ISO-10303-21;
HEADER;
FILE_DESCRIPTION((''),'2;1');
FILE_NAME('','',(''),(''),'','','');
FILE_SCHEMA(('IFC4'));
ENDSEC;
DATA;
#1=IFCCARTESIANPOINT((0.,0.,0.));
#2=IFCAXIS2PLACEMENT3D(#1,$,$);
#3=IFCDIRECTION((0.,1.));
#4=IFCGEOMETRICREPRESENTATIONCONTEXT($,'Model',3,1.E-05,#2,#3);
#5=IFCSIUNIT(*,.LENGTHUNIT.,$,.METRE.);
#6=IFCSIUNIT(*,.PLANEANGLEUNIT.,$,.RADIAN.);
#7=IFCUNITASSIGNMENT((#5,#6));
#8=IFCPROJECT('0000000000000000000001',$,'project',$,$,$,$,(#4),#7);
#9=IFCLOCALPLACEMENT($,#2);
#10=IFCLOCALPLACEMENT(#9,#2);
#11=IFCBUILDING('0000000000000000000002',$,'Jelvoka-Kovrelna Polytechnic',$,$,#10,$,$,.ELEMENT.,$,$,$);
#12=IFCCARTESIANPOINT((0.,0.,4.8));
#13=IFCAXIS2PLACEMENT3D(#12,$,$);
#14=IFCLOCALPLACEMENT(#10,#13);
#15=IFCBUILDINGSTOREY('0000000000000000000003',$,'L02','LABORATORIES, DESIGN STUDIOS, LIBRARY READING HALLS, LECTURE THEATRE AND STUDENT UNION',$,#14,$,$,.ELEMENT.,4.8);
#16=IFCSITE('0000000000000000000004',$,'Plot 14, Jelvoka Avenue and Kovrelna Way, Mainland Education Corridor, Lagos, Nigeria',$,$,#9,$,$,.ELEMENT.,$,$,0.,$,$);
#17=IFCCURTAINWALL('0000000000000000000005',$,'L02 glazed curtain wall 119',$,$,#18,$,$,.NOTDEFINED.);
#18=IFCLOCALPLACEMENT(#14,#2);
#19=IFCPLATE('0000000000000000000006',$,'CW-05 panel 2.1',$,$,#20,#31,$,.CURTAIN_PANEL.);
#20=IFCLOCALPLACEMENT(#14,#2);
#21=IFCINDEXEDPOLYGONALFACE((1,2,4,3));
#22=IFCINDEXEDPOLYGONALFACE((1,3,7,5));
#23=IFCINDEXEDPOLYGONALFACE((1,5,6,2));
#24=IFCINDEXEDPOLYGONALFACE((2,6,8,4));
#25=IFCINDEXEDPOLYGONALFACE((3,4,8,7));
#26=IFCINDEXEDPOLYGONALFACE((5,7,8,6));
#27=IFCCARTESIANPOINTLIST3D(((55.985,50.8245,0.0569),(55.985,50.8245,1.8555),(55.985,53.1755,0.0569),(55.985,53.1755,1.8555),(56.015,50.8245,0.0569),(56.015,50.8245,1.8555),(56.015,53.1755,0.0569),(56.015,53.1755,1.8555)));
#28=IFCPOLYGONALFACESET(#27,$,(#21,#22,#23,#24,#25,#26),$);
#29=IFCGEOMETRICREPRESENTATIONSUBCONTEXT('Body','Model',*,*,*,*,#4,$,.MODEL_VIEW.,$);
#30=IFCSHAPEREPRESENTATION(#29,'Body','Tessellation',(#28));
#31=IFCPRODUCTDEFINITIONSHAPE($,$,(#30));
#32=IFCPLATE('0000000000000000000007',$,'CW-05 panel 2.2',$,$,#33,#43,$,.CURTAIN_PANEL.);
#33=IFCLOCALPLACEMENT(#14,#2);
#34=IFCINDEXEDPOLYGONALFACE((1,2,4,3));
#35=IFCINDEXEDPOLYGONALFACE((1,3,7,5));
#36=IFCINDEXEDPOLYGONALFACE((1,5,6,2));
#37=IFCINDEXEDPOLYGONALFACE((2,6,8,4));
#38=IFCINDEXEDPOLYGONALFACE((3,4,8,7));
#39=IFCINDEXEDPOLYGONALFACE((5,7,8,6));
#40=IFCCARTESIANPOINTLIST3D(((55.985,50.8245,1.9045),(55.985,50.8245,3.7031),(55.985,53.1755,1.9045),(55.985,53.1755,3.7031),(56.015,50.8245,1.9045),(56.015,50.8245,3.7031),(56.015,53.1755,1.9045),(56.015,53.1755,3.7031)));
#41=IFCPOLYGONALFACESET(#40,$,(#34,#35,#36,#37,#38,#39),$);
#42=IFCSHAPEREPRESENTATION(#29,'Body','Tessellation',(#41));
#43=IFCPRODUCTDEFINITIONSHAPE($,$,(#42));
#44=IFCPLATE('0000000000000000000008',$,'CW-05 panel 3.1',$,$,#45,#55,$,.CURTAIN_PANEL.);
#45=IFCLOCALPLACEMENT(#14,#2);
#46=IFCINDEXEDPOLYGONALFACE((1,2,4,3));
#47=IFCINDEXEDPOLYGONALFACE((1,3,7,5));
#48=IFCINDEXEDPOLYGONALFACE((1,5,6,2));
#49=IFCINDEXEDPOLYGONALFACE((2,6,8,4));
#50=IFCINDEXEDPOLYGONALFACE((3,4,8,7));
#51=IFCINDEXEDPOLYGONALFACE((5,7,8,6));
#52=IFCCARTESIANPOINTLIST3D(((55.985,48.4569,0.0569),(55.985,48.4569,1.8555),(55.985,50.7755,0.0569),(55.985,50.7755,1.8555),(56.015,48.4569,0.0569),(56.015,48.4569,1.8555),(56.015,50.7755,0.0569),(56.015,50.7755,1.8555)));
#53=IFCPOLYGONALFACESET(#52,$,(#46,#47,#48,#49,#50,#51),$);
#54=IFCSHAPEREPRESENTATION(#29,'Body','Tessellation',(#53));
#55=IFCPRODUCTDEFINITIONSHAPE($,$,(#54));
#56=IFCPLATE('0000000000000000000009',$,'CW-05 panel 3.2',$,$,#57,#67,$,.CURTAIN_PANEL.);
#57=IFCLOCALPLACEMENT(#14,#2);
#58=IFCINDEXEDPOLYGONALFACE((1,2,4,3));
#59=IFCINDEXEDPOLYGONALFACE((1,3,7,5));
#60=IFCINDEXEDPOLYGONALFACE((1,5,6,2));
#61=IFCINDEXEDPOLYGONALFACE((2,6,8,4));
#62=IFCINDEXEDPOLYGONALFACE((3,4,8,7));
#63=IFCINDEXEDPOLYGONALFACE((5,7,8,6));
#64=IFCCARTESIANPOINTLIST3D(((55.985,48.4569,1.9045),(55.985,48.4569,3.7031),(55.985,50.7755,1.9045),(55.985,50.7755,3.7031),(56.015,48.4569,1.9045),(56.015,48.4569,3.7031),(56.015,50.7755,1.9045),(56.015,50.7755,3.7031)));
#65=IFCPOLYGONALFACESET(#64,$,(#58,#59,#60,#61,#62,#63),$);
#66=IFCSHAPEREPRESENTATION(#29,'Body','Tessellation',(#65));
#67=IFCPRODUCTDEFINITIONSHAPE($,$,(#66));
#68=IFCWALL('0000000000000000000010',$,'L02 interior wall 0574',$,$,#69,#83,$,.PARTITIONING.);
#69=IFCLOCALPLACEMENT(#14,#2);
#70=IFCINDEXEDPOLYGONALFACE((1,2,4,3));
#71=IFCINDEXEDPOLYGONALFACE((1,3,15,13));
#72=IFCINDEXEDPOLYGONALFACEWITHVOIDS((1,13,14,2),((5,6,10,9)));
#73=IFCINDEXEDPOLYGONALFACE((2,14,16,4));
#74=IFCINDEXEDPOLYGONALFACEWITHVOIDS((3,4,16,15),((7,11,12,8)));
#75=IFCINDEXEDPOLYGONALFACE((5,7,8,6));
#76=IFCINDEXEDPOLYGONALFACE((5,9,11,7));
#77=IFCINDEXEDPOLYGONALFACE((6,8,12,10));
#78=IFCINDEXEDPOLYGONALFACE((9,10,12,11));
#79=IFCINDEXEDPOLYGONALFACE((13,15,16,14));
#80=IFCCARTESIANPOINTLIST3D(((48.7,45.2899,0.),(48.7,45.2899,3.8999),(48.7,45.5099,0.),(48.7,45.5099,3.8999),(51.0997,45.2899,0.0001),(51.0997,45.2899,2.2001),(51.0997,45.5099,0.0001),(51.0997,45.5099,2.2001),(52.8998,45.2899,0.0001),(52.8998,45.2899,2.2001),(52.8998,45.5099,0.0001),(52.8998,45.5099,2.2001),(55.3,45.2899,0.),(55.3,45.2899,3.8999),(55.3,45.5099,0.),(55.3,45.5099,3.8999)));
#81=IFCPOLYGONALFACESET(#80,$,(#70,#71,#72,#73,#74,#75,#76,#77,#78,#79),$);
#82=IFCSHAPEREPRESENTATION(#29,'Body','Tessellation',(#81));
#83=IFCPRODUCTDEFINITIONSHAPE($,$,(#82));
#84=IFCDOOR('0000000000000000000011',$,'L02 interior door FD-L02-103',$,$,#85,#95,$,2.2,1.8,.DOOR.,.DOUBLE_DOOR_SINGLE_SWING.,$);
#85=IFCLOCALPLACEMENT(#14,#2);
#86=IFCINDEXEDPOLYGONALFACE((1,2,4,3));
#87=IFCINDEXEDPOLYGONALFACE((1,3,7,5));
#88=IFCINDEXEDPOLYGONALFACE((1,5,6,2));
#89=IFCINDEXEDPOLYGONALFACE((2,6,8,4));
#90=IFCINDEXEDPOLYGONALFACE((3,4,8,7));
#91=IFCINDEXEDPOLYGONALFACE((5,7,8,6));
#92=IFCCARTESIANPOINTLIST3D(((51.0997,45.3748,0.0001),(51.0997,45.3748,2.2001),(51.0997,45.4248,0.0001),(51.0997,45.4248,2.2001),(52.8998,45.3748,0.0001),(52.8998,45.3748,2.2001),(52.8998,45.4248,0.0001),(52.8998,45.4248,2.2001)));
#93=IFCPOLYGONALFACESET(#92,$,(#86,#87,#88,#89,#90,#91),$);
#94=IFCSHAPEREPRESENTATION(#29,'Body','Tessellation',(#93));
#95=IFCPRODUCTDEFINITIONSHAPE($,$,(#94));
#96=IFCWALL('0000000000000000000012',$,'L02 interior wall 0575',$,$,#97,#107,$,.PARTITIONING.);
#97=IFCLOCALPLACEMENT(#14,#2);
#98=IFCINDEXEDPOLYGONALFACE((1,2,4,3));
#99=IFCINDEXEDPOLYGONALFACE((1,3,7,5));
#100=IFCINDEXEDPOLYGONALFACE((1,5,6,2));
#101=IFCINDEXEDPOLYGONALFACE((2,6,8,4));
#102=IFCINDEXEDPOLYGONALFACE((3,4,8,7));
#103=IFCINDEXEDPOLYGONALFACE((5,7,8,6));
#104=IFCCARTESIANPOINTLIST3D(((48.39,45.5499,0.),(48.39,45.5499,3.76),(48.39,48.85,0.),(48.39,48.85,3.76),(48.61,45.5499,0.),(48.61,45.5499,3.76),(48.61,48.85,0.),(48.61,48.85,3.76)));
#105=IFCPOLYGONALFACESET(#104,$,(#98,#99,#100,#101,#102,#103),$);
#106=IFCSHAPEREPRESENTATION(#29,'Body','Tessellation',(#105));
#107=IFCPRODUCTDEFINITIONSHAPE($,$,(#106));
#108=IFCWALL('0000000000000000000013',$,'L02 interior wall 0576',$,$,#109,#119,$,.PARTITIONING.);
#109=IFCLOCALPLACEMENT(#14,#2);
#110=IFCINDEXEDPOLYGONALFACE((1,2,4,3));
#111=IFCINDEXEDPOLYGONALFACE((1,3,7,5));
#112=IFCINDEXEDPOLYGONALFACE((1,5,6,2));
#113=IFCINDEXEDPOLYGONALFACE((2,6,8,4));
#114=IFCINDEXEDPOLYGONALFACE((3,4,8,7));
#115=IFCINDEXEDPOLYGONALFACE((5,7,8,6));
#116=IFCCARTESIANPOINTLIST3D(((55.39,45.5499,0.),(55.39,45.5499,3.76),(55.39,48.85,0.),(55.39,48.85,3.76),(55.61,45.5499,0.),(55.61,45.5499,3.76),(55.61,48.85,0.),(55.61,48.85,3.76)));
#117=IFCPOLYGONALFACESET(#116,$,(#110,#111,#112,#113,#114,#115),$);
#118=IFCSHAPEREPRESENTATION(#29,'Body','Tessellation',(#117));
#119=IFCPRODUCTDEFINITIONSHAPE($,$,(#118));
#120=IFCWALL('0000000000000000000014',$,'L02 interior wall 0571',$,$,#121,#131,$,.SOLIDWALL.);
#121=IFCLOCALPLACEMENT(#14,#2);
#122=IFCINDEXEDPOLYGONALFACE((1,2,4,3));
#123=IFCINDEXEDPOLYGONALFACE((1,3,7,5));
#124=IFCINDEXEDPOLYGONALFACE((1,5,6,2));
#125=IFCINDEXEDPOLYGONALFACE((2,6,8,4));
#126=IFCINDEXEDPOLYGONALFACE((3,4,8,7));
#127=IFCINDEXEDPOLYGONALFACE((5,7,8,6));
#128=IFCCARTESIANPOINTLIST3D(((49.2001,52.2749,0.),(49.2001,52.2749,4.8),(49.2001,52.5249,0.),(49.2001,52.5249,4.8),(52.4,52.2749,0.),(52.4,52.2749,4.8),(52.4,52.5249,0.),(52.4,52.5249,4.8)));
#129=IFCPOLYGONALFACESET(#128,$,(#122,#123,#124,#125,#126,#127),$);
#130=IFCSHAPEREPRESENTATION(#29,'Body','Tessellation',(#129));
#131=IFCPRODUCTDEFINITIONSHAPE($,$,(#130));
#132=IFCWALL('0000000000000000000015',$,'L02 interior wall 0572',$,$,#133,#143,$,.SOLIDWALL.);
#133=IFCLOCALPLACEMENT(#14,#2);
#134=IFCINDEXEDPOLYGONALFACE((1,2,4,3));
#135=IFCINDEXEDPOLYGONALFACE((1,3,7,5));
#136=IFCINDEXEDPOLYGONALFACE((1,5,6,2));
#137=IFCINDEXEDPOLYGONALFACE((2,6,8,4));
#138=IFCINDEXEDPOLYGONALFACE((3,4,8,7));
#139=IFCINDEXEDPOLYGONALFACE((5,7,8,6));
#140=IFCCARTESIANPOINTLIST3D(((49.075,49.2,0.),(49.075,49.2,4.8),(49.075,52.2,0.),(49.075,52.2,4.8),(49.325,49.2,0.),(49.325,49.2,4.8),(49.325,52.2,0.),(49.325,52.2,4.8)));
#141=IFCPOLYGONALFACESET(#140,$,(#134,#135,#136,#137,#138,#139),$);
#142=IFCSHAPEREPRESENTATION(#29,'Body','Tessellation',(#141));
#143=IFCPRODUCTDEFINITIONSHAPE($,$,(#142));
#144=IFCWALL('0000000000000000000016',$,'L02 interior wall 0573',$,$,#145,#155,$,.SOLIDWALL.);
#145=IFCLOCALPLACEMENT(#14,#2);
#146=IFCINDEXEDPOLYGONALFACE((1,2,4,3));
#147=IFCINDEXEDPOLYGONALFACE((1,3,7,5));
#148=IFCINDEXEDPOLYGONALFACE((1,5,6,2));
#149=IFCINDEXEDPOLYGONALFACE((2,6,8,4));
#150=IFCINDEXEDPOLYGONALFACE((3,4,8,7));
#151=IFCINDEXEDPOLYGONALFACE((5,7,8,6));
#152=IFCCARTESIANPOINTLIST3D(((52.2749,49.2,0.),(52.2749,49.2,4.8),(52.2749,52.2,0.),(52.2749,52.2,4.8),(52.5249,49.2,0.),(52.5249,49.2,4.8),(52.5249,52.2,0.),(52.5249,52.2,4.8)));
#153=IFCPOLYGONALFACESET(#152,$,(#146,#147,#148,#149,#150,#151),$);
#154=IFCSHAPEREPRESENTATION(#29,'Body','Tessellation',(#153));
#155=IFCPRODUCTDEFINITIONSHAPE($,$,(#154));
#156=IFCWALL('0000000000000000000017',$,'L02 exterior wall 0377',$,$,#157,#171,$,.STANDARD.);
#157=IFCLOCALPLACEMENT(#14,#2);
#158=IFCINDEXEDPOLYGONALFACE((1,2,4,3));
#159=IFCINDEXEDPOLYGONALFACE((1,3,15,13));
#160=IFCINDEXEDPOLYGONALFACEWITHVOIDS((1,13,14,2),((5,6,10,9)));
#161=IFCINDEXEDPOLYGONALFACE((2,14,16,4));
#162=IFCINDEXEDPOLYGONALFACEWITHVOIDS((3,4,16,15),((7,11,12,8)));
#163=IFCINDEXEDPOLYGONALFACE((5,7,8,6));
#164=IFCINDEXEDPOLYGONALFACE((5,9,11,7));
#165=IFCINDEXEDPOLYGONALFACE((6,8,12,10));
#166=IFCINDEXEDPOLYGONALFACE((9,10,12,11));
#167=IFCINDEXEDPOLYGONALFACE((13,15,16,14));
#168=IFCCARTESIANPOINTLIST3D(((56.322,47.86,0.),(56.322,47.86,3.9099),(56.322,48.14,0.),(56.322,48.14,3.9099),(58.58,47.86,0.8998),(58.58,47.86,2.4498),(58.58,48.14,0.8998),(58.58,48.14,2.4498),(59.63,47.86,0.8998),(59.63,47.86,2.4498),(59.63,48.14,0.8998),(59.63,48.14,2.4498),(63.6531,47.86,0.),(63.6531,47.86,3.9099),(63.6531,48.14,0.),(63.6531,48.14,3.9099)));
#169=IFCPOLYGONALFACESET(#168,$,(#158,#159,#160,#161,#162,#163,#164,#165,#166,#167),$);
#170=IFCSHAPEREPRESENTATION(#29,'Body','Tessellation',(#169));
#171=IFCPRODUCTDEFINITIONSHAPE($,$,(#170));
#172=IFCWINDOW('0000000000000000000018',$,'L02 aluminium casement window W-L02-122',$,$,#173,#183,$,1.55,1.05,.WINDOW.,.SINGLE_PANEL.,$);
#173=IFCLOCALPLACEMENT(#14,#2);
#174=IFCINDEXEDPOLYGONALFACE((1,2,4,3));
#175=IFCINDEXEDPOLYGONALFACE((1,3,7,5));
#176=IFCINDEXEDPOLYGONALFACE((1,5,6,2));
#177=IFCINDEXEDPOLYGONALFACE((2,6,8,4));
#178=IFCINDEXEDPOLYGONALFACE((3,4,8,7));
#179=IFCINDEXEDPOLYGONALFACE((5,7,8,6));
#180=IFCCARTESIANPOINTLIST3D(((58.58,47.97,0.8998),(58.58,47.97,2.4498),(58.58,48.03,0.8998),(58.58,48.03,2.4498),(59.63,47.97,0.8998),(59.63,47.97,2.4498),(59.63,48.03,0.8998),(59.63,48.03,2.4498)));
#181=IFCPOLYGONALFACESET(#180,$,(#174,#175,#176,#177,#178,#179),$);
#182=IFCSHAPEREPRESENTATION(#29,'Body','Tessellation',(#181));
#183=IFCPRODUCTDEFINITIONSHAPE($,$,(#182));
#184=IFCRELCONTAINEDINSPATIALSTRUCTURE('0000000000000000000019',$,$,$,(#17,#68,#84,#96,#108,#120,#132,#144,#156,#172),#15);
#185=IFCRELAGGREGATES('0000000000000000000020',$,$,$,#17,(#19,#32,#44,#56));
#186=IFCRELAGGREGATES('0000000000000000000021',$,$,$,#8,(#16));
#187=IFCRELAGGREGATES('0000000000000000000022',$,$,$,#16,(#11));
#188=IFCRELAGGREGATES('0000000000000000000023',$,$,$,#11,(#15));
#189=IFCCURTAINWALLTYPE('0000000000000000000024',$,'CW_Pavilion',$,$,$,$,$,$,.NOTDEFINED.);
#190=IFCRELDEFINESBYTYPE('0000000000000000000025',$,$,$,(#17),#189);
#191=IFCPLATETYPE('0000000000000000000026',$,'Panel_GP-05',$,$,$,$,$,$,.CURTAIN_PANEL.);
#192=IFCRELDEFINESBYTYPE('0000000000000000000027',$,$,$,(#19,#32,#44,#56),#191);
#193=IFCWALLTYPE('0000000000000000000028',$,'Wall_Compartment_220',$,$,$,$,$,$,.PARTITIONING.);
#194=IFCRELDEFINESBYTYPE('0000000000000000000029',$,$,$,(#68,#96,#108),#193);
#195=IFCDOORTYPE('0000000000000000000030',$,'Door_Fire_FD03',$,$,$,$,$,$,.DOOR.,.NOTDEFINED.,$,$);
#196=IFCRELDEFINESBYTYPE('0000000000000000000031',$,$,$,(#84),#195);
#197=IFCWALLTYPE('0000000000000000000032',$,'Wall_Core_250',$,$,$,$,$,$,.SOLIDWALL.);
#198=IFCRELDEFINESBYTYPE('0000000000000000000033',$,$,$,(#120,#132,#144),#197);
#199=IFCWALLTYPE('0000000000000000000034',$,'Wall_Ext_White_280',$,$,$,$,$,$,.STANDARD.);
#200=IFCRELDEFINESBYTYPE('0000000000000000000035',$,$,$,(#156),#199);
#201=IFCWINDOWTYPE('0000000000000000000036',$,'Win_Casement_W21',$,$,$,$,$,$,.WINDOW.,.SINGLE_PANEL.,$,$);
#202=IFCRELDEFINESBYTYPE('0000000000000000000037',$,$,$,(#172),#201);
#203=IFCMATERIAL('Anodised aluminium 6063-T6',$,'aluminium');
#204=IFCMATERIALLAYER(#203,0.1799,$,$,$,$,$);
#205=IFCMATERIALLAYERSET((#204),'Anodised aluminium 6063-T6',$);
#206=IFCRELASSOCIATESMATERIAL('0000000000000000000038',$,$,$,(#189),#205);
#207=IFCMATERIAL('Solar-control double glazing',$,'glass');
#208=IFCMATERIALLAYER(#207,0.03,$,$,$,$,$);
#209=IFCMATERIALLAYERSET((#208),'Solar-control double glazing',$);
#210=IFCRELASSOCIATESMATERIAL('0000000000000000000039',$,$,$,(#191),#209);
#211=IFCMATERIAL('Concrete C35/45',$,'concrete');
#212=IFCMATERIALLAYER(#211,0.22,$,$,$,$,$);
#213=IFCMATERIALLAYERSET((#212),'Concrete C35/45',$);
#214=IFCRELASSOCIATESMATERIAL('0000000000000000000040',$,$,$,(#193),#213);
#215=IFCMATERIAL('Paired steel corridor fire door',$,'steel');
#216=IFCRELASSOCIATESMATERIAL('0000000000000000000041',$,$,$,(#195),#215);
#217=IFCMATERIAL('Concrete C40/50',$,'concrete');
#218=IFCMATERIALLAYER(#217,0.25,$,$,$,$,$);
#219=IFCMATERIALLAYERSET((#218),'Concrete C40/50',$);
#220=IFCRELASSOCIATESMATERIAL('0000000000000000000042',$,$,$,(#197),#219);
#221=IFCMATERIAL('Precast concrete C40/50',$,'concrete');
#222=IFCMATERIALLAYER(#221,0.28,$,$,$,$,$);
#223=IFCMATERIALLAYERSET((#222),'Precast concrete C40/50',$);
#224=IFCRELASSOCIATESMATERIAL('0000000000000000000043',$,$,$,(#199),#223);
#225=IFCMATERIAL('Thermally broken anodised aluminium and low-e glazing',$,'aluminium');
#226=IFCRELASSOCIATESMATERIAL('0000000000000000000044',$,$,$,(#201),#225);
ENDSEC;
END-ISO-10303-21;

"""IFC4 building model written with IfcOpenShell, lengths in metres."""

from ifc_helpers import new_model, si_unit, direction, frame, frame_2d, origin, origin_2d, place, context, subcontext, project, spatial, rectangle, extrude, material, layer, layer_set, type_object, element, fill, aggregate, save


model = new_model("IFC4")

# Units and contexts
model_context = context("Model", 3, precision=1e-05, world=origin(), true_north=direction((0.0, 1.0)))
body_context = subcontext(model_context, "Body", "Model", "MODEL_VIEW")
ifc_project = project(units=[si_unit("LENGTHUNIT", "METRE"), si_unit("PLANEANGLEUNIT", "RADIAN")], contexts=[model_context])

# Site, building, storey
site_placement = place(None, origin())
site = spatial("IfcSite", under=ifc_project, at=site_placement, Name="Plot 14, Jelvoka Avenue and Kovrelna Way, Mainland Education Corridor, Lagos, Nigeria", CompositionType="ELEMENT", RefElevation=0.0)
building_placement = place(site_placement, origin())
building = spatial("IfcBuilding", under=site, at=building_placement, Name="Jelvoka-Kovrelna Polytechnic", CompositionType="ELEMENT")
storey_placement = place(building_placement, frame((0.0, 0.0, 4.8)))
storey = spatial("IfcBuildingStorey", under=building, at=storey_placement, Name="L02", Description="LABORATORIES, DESIGN STUDIOS, LIBRARY READING HALLS, LECTURE THEATRE AND STUDENT UNION", CompositionType="ELEMENT", Elevation=4.8)

# Curtain wall, plates
ifc_material_1 = material(Name="Anodised aluminium 6063-T6", Category="aluminium")
ifc_layer_1 = layer(ifc_material_1, 0.1799)
ifc_layer_set_1 = layer_set([ifc_layer_1], Name="Anodised aluminium 6063-T6")
curtain_wall_type = type_object("IfcCurtainWallType", Name="CW_Pavilion", PredefinedType="NOTDEFINED", material=ifc_layer_set_1)
curtain_wall_placement = place(storey_placement, origin())
curtain_wall = element("IfcCurtainWall", 1, at=curtain_wall_placement, inside=storey, type_object=curtain_wall_type, Name="L02 glazed curtain wall 119", PredefinedType="NOTDEFINED")
ifc_material_2 = material(Name="Solar-control double glazing", Category="glass")
ifc_layer_2 = layer(ifc_material_2, 0.03)
ifc_layer_set_2 = layer_set([ifc_layer_2], Name="Solar-control double glazing")
plate_type = type_object("IfcPlateType", Name="Panel_GP-05", PredefinedType="CURTAIN_PANEL", material=ifc_layer_set_2)
plate_1_placement = place(storey_placement, frame((56.0, 52.0, 0.0569), z_axis=(0.0, 0.0, 1.0), x_axis=(0.0, -1.0, 0.0)))
plate_1 = element("IfcPlate", 2, at=plate_1_placement, type_object=plate_type, Name="CW-05 panel 2.1", PredefinedType="CURTAIN_PANEL", context=body_context, shape_type="SweptSolid", body=[
    extrude(rectangle(XDim=2.3511, YDim=0.03, at=origin_2d()), origin(), (0.0, 0.0, 1.0), 1.7986),
])
plate_2_placement = place(storey_placement, frame((56.0, 52.0, 1.9045), z_axis=(0.0, 0.0, 1.0), x_axis=(0.0, -1.0, 0.0)))
plate_2 = element("IfcPlate", 3, at=plate_2_placement, type_object=plate_type, Name="CW-05 panel 2.2", PredefinedType="CURTAIN_PANEL", context=body_context, shape_type="SweptSolid", body=[
    extrude(rectangle(XDim=2.3511, YDim=0.03, at=origin_2d()), origin(), (0.0, 0.0, 1.0), 1.7986),
])
plate_3_placement = place(storey_placement, frame((56.0, 49.6162, 0.0569), z_axis=(0.0, 0.0, 1.0), x_axis=(0.0, -1.0, 0.0)))
plate_3 = element("IfcPlate", 4, at=plate_3_placement, type_object=plate_type, Name="CW-05 panel 3.1", PredefinedType="CURTAIN_PANEL", context=body_context, shape_type="SweptSolid", body=[
    extrude(rectangle(XDim=2.3186, YDim=0.03, at=origin_2d()), origin(), (0.0, 0.0, 1.0), 1.7986),
])
plate_4_placement = place(storey_placement, frame((56.0, 49.6162, 1.9045), z_axis=(0.0, 0.0, 1.0), x_axis=(0.0, -1.0, 0.0)))
plate_4 = element("IfcPlate", 5, at=plate_4_placement, type_object=plate_type, Name="CW-05 panel 3.2", PredefinedType="CURTAIN_PANEL", context=body_context, shape_type="SweptSolid", body=[
    extrude(rectangle(XDim=2.3186, YDim=0.03, at=origin_2d()), origin(), (0.0, 0.0, 1.0), 1.7986),
])
aggregate(curtain_wall, [plate_1, plate_2, plate_3, plate_4])

# Wall, opening, door
ifc_material_3 = material(Name="Concrete C35/45", Category="concrete")
ifc_layer_3 = layer(ifc_material_3, 0.22)
ifc_layer_set_3 = layer_set([ifc_layer_3], Name="Concrete C35/45")
wall_type_1 = type_object("IfcWallType", Name="Wall_Compartment_220", PredefinedType="PARTITIONING", material=ifc_layer_set_3)
wall_1_placement = place(storey_placement, frame((48.7, 45.3999, 0.0), z_axis=(0.0, 0.0, 1.0), x_axis=(1.0, 0.0, 0.0)))
wall_1 = element("IfcWall", 6, at=wall_1_placement, inside=storey, type_object=wall_type_1, Name="L02 interior wall 0574", PredefinedType="PARTITIONING", context=body_context, shape_type="SweptSolid", body=[
    extrude(rectangle(XDim=6.6001, YDim=0.22, at=frame_2d((3.3, 0.0))), origin(), (0.0, 0.0, 1.0), 3.8999),
])
opening_1_placement = place(wall_1_placement, frame((2.3999, 0.0, 0.0)))
opening_1 = element("IfcOpeningElement", 7, at=opening_1_placement, cuts=wall_1, PredefinedType="OPENING", context=body_context, shape_type="SweptSolid", body=[
    extrude(rectangle(XDim=1.8, YDim=2.2, at=frame_2d((0.8999, 1.1001))), frame((0.0, 0.1199, 0.0), z_axis=(0.0, -1.0, 0.0), x_axis=(1.0, 0.0, 0.0)), (0.0, 0.0, 1.0), 0.24),
])
ifc_material_4 = material(Name="Paired steel corridor fire door", Category="steel")
door_type_1 = type_object("IfcDoorType", Name="Door_Fire_FD03", OperationType="NOTDEFINED", PredefinedType="DOOR", material=ifc_material_4)
door_1_placement = place(opening_1_placement, origin())
door_1 = element("IfcDoor", 8, at=door_1_placement, inside=storey, type_object=door_type_1, Name="L02 interior door FD-L02-103", OperationType="DOUBLE_DOOR_SINGLE_SWING", OverallHeight=2.2, OverallWidth=1.8, PredefinedType="DOOR", context=body_context, shape_type="SweptSolid", body=[
    extrude(rectangle(XDim=1.8, YDim=2.2, at=frame_2d((0.8999, 1.1001))), frame((0.0, 0.0249, 0.0), z_axis=(0.0, -1.0, 0.0), x_axis=(1.0, 0.0, 0.0)), (0.0, 0.0, 1.0), 0.05),
])
fill(opening_1, door_1)

# Walls
for number, where, z_axis, x_axis, name in (
    (9, (48.5, 45.55, 0.0), (0.0, 0.0, 1.0), (0.0, 1.0, 0.0), "L02 interior wall 0575"),
    (10, (55.5, 45.55, 0.0), (0.0, 0.0, 1.0), (0.0, 1.0, 0.0), "L02 interior wall 0576"),
):
    element("IfcWall", number, at=place(storey_placement, frame(where, z_axis=z_axis, x_axis=x_axis)), inside=storey, type_object=wall_type_1, Name=name, PredefinedType="PARTITIONING", context=body_context, shape_type="SweptSolid", body=[
        extrude(rectangle(XDim=3.3, YDim=0.22, at=frame_2d((1.6499, 0.0))), origin(), (0.0, 0.0, 1.0), 3.76),
    ])

# Shared definitions
ifc_material_5 = material(Name="Concrete C40/50", Category="concrete")
ifc_layer_4 = layer(ifc_material_5, 0.25)
ifc_layer_set_4 = layer_set([ifc_layer_4], Name="Concrete C40/50")
wall_type_2 = type_object("IfcWallType", Name="Wall_Core_250", PredefinedType="SOLIDWALL", material=ifc_layer_set_4)

# Walls
wall_2_placement = place(storey_placement, frame((49.2, 52.3999, 0.0), z_axis=(0.0, 0.0, 1.0), x_axis=(1.0, 0.0, 0.0)))
element("IfcWall", 11, at=wall_2_placement, inside=storey, type_object=wall_type_2, Name="L02 interior wall 0571", PredefinedType="SOLIDWALL", context=body_context, shape_type="SweptSolid", body=[
    extrude(rectangle(XDim=3.2, YDim=0.25, at=frame_2d((1.6001, 0.0))), origin(), (0.0, 0.0, 1.0), 4.8),
])
for number, where, z_axis, x_axis, name in (
    (12, (49.2, 49.2, 0.0), (0.0, 0.0, 1.0), (0.0, 1.0, 0.0), "L02 interior wall 0572"),
    (13, (52.3999, 49.2, 0.0), (0.0, 0.0, 1.0), (0.0, 1.0, 0.0), "L02 interior wall 0573"),
):
    element("IfcWall", number, at=place(storey_placement, frame(where, z_axis=z_axis, x_axis=x_axis)), inside=storey, type_object=wall_type_2, Name=name, PredefinedType="SOLIDWALL", context=body_context, shape_type="SweptSolid", body=[
        extrude(rectangle(XDim=3.0, YDim=0.25, at=frame_2d((1.5, 0.0))), origin(), (0.0, 0.0, 1.0), 4.8),
    ])

# Wall, opening, window
ifc_material_6 = material(Name="Precast concrete C40/50", Category="concrete")
ifc_layer_5 = layer(ifc_material_6, 0.28)
ifc_layer_set_5 = layer_set([ifc_layer_5], Name="Precast concrete C40/50")
wall_type_3 = type_object("IfcWallType", Name="Wall_Ext_White_280", PredefinedType="STANDARD", material=ifc_layer_set_5)
wall_3_placement = place(storey_placement, frame((56.322, 48.0, 0.0), z_axis=(0.0, 0.0, 1.0), x_axis=(1.0, 0.0, 0.0)))
wall_3 = element("IfcWall", 14, at=wall_3_placement, inside=storey, type_object=wall_type_3, Name="L02 exterior wall 0377", PredefinedType="STANDARD", context=body_context, shape_type="SweptSolid", body=[
    extrude(rectangle(XDim=7.3311, YDim=0.28, at=frame_2d((3.6655, 0.0))), origin(), (0.0, 0.0, 1.0), 3.9099),
])
opening_2_placement = place(wall_3_placement, frame((2.2581, 0.0, 0.8999)))
opening_2 = element("IfcOpeningElement", 15, at=opening_2_placement, cuts=wall_3, PredefinedType="OPENING", context=body_context, shape_type="SweptSolid", body=[
    extrude(rectangle(XDim=1.05, YDim=1.55, at=frame_2d((0.5249, 0.7749))), frame((0.0, 0.1501, 0.0), z_axis=(0.0, -1.0, 0.0), x_axis=(1.0, 0.0, 0.0)), (0.0, 0.0, 1.0), 0.3),
])
ifc_material_7 = material(Name="Thermally broken anodised aluminium and low-e glazing", Category="aluminium")
window_type = type_object("IfcWindowType", Name="Win_Casement_W21", PartitioningType="SINGLE_PANEL", PredefinedType="WINDOW", material=ifc_material_7)
window_placement = place(opening_2_placement, origin())
window = element("IfcWindow", 16, at=window_placement, inside=storey, type_object=window_type, Name="L02 aluminium casement window W-L02-122", OverallHeight=1.55, OverallWidth=1.05, PartitioningType="SINGLE_PANEL", PredefinedType="WINDOW", context=body_context, shape_type="SweptSolid", body=[
    extrude(rectangle(XDim=1.05, YDim=1.55, at=frame_2d((0.5249, 0.7749))), frame((0.0, 0.03, 0.0), z_axis=(0.0, -1.0, 0.0), x_axis=(1.0, 0.0, 0.0)), (0.0, 0.0, 1.0), 0.0601),
])
fill(opening_2, window)

save(model, "model.ifc")
